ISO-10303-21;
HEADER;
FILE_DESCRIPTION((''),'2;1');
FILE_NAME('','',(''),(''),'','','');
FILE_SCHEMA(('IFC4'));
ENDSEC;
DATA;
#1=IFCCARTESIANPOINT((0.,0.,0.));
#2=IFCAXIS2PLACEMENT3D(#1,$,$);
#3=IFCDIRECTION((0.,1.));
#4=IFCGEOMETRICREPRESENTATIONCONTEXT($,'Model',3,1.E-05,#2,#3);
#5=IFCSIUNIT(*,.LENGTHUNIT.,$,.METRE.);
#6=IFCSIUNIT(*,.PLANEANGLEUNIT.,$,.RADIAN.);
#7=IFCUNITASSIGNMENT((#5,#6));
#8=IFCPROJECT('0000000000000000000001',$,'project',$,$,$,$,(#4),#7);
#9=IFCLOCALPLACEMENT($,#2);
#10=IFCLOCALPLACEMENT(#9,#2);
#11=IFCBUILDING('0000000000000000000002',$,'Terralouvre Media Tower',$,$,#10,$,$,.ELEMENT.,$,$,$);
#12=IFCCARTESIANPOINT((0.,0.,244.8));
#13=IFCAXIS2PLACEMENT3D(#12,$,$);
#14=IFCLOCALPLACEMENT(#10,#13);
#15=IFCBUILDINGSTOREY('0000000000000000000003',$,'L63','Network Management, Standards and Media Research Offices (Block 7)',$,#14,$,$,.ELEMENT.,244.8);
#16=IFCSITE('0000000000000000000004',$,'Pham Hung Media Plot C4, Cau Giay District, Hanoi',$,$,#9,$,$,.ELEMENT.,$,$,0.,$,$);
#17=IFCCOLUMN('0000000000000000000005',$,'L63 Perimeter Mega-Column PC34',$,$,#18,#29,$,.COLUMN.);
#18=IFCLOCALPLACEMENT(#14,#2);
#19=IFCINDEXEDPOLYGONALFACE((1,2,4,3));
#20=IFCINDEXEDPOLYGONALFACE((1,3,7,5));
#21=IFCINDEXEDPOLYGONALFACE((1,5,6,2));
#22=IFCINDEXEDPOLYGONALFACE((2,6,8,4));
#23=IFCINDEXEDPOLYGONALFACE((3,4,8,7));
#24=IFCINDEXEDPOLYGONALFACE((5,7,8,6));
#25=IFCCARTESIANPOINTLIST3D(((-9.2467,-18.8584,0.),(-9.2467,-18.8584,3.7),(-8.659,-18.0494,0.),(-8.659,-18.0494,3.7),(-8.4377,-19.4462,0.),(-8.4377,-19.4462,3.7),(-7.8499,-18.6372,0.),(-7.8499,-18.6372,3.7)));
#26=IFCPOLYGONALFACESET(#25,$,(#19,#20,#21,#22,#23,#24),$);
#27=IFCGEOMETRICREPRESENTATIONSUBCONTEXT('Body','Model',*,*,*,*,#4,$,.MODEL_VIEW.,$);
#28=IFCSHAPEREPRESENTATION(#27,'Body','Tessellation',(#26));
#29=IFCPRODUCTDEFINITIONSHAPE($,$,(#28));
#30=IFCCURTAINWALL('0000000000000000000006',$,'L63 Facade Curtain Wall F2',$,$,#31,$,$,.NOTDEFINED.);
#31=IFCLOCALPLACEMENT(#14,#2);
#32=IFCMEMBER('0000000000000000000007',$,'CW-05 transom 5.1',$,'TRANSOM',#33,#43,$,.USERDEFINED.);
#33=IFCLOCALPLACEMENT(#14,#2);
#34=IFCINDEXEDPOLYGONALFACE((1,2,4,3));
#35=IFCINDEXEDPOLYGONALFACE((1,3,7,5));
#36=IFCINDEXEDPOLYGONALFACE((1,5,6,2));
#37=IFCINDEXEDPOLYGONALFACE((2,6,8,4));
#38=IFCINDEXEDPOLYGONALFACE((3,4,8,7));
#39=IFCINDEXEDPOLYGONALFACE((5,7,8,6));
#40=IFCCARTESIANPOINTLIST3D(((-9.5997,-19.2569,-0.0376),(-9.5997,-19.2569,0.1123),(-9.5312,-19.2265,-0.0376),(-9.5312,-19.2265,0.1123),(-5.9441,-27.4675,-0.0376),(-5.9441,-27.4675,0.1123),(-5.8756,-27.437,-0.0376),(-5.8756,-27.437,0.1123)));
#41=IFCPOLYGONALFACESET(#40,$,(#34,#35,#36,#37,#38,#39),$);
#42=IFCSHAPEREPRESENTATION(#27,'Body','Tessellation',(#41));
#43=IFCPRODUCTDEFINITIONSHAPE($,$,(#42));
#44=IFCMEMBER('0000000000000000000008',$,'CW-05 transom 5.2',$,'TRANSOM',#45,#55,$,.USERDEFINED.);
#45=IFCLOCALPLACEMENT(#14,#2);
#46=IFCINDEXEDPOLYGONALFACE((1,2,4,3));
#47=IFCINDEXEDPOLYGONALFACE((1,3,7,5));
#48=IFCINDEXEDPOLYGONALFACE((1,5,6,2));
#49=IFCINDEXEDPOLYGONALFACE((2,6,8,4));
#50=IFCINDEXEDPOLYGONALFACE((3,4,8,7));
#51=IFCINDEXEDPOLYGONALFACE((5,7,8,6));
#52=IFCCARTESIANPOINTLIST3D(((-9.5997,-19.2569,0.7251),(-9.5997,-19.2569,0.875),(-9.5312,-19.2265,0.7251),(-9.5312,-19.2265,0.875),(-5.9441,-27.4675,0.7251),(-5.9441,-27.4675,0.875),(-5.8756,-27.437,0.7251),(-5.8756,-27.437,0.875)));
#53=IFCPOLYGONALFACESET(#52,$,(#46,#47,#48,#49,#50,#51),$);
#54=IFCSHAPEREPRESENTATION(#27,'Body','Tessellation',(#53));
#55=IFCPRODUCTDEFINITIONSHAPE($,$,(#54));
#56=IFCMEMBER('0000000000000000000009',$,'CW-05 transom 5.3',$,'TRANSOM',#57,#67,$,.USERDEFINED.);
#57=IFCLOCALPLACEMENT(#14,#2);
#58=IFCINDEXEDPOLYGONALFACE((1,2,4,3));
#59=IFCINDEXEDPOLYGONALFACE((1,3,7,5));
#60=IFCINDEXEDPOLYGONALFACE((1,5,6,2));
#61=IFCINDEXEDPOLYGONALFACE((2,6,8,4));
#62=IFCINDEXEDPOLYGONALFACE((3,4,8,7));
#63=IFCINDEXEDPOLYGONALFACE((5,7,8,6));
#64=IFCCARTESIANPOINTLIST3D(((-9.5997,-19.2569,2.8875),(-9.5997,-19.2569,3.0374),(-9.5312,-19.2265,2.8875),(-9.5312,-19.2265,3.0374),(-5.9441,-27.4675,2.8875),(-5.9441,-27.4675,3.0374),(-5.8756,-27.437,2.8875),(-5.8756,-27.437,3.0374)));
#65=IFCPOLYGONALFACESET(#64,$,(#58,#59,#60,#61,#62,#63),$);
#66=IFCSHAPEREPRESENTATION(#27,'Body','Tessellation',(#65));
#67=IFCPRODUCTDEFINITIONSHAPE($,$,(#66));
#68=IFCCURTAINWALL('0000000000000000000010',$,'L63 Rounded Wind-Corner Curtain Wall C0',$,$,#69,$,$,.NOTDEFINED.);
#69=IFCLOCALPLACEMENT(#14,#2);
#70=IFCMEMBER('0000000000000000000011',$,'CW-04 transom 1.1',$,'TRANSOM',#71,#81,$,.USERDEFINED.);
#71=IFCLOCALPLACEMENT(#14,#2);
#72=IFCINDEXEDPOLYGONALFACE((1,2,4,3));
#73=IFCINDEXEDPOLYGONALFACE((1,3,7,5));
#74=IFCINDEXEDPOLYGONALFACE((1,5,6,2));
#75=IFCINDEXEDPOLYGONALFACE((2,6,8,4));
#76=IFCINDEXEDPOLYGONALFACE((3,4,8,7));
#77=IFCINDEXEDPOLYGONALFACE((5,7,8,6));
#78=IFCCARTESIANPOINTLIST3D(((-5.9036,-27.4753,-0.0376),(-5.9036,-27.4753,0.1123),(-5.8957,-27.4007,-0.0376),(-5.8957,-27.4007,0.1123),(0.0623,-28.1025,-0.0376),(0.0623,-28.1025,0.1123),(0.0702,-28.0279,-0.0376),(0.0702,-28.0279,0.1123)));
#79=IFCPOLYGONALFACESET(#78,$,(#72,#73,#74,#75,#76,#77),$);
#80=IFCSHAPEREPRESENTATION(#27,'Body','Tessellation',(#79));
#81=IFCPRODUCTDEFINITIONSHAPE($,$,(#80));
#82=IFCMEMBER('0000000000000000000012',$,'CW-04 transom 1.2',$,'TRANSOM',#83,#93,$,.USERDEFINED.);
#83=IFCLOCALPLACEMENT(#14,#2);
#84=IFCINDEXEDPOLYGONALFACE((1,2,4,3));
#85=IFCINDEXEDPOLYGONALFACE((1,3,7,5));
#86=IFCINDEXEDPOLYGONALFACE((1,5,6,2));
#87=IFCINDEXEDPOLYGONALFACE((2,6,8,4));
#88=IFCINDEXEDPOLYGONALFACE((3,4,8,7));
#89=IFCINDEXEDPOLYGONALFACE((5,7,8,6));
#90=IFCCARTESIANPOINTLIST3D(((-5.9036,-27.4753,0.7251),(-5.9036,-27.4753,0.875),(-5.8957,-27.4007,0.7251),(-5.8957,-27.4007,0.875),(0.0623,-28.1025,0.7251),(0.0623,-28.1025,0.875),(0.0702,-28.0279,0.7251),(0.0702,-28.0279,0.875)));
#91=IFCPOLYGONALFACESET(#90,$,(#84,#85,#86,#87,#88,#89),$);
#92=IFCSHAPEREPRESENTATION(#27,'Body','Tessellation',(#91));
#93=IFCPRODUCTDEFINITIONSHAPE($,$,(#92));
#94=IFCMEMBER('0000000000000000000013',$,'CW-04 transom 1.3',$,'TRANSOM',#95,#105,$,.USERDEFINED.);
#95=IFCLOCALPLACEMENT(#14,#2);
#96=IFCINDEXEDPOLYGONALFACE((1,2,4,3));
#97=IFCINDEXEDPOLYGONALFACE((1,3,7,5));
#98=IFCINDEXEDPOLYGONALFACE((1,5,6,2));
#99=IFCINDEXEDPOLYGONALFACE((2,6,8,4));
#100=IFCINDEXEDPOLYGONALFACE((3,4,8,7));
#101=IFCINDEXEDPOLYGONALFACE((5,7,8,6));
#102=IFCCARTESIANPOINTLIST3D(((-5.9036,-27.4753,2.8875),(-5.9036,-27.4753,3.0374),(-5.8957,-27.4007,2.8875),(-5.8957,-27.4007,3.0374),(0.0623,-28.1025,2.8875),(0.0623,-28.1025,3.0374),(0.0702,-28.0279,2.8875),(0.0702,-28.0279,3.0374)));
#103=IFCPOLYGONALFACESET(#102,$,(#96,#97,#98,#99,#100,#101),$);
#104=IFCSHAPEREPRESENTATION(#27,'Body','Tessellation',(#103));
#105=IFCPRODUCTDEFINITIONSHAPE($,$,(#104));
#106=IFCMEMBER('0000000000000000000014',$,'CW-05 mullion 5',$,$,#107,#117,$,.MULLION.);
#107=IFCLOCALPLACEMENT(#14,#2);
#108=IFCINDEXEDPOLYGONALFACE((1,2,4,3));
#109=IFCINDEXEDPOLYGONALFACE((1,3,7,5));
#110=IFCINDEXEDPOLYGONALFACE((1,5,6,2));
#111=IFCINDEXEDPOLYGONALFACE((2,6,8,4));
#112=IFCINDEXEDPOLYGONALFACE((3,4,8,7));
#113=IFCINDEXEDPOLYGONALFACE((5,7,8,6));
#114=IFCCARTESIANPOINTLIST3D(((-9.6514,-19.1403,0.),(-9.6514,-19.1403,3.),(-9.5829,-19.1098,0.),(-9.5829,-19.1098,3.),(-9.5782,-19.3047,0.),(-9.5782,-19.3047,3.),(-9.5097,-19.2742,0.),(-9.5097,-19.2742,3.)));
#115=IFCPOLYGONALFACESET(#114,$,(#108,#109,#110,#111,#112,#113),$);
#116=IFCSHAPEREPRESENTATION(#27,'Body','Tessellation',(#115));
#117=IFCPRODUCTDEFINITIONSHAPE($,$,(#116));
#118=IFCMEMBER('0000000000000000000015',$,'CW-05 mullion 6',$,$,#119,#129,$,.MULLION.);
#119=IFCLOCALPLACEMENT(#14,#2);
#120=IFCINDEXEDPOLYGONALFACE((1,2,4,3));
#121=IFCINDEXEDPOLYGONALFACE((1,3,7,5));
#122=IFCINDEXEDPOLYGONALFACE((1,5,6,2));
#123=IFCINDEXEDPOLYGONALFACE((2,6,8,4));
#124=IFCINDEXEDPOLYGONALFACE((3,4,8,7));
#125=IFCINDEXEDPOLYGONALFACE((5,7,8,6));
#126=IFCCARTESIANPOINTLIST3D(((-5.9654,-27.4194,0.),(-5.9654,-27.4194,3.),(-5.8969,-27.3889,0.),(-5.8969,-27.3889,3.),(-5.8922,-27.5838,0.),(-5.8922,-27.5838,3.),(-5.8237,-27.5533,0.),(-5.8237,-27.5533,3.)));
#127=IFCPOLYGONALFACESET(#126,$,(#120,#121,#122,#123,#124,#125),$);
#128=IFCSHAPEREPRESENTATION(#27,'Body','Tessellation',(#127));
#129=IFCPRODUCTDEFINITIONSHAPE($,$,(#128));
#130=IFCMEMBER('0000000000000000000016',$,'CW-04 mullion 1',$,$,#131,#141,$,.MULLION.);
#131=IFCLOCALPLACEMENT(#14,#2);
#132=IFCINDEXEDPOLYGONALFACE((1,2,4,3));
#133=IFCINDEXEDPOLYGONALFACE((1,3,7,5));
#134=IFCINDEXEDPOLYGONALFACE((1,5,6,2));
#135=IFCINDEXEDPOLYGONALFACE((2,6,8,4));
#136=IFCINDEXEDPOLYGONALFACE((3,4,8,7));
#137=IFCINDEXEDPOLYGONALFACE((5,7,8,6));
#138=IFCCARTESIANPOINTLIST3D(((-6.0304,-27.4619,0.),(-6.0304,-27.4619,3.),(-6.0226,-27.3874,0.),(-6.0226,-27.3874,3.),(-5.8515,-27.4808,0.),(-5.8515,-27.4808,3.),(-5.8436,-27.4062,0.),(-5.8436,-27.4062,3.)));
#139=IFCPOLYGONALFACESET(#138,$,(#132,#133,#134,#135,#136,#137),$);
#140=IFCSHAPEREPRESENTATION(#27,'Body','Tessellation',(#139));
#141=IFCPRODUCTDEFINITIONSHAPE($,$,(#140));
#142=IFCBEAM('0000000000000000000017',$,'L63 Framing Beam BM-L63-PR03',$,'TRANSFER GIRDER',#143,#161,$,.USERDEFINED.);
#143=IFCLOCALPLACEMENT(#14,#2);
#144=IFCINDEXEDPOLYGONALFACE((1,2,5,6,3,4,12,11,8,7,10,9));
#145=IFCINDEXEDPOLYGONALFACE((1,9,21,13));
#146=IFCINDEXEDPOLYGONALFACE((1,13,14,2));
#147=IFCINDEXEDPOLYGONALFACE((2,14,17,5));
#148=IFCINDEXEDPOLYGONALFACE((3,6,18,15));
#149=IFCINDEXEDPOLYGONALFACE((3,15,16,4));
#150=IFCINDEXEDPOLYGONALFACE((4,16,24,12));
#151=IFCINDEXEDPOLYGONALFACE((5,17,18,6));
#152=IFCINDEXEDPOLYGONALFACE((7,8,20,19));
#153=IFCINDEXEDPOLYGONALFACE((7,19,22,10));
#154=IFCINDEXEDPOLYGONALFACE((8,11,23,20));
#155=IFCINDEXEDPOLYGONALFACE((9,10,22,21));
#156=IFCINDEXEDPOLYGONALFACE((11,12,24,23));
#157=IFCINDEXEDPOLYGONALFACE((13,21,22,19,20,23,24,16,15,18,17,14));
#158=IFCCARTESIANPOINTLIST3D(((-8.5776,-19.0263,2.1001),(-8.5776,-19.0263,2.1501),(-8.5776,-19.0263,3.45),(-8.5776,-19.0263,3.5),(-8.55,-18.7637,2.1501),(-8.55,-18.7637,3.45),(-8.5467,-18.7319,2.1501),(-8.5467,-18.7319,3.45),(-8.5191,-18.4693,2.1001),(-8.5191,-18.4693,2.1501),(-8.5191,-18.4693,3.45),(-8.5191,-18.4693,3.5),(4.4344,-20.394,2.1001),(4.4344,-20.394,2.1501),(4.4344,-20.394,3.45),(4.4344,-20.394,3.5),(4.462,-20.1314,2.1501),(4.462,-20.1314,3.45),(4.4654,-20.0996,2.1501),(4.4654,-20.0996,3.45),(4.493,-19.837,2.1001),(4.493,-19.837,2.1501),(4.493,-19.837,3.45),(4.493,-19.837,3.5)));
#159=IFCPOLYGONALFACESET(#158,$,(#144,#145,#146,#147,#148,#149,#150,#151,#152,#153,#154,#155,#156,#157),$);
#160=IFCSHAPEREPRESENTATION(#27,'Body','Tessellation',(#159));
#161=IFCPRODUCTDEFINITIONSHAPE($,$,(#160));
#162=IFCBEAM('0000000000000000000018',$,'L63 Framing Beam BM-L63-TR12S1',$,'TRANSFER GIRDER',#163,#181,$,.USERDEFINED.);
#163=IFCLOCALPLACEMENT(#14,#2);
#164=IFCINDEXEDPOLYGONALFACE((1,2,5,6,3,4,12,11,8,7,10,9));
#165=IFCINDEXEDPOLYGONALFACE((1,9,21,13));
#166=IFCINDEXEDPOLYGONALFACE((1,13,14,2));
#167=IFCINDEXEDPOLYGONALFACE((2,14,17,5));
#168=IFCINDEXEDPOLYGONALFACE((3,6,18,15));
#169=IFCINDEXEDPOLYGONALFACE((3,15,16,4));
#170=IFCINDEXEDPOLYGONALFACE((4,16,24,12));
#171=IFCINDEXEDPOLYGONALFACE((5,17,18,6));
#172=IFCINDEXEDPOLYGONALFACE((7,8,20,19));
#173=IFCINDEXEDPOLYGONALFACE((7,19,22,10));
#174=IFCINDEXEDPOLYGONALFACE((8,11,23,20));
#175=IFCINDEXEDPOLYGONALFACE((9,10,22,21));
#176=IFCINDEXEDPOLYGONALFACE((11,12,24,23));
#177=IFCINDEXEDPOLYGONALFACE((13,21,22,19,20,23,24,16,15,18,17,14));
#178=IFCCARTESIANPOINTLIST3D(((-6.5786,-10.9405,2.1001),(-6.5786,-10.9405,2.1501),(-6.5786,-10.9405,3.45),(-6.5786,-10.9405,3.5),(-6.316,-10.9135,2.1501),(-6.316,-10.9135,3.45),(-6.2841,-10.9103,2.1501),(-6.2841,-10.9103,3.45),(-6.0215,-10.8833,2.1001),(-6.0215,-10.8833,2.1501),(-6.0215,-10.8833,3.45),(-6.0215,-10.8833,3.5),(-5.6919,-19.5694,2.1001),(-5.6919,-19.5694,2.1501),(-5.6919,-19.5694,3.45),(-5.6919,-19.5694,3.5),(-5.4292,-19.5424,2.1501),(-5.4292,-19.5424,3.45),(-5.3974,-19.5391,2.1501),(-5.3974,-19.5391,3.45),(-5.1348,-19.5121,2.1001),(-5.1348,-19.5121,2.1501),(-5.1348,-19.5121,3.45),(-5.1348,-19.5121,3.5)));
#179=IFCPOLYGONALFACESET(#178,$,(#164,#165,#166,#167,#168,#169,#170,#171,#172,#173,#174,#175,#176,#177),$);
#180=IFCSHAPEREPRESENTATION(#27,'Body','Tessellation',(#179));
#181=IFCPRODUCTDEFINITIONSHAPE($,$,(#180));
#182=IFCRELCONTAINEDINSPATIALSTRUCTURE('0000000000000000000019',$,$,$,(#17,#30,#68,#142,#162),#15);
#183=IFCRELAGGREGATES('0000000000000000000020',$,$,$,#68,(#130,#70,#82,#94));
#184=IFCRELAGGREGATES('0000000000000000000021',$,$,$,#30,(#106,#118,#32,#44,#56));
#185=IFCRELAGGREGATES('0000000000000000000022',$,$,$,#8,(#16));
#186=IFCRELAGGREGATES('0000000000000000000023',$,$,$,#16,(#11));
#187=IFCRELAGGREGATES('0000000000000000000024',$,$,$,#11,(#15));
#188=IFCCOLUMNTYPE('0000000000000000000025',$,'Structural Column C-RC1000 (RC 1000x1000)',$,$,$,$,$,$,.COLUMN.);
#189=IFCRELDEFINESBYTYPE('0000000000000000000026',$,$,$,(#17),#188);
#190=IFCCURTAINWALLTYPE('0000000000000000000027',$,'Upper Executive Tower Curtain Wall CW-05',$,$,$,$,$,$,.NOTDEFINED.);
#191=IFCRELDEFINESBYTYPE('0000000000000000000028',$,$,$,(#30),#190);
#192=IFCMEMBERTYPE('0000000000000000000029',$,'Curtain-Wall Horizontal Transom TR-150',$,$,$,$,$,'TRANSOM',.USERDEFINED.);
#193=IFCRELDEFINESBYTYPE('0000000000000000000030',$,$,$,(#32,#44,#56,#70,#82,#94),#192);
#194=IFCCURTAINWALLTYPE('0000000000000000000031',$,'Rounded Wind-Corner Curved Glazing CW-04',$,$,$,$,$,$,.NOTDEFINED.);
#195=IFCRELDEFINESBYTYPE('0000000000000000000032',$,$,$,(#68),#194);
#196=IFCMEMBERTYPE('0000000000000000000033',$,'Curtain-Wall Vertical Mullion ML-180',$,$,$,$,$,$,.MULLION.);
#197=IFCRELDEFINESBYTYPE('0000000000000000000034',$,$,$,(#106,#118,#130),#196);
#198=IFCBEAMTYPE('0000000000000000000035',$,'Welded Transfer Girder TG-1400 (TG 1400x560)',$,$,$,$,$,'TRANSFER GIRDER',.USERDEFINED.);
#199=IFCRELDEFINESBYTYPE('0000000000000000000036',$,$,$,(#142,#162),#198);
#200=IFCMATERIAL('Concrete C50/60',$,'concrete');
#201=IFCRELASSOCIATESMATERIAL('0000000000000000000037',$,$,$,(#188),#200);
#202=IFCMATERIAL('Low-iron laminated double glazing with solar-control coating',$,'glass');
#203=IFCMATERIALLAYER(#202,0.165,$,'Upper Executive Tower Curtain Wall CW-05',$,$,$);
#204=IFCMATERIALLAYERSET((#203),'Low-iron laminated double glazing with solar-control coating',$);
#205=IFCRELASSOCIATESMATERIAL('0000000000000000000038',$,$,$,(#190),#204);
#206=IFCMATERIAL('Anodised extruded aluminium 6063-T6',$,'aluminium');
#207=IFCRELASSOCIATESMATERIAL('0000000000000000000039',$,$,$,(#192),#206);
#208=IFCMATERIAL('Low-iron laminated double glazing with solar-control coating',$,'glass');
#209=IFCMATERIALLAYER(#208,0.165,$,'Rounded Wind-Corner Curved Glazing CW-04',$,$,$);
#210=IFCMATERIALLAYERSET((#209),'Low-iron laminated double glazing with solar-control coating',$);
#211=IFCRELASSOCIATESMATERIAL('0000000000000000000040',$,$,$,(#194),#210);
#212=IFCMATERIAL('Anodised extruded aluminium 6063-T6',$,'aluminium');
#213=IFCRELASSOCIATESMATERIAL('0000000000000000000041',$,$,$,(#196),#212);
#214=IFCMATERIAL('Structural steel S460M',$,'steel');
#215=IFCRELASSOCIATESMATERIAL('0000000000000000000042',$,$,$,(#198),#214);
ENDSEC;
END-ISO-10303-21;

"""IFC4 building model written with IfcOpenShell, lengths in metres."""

from ifc_helpers import new_model, si_unit, direction, frame, origin, origin_2d, place, context, subcontext, project, spatial, rectangle, i_section, extrude, material, layer, layer_set, material_profile, profile_set, type_object, element, aggregate, save


model = new_model("IFC4")

# Units and contexts
model_context = context("Model", 3, precision=1e-05, world=origin(), true_north=direction((0.0, 1.0)))
body_context = subcontext(model_context, "Body", "Model", "MODEL_VIEW")
ifc_project = project(units=[si_unit("LENGTHUNIT", "METRE"), si_unit("PLANEANGLEUNIT", "RADIAN")], contexts=[model_context])

# Site, building, storey
site_placement = place(None, origin())
site = spatial("IfcSite", under=ifc_project, at=site_placement, Name="Pham Hung Media Plot C4, Cau Giay District, Hanoi", CompositionType="ELEMENT", RefElevation=0.0)
building_placement = place(site_placement, origin())
building = spatial("IfcBuilding", under=site, at=building_placement, Name="Terralouvre Media Tower", CompositionType="ELEMENT")
storey_placement = place(building_placement, frame((0.0, 0.0, 244.8)))
storey = spatial("IfcBuildingStorey", under=building, at=storey_placement, Name="L63", Description="Network Management, Standards and Media Research Offices (Block 7)", CompositionType="ELEMENT", Elevation=244.8)

# Column
ifc_material_1 = material(Name="Concrete C50/60", Category="concrete")
ifc_material_profile_1 = material_profile(ifc_material_1, rectangle(XDim=1.0, YDim=1.0, at=origin_2d()), Name="RC 1000x1000")
ifc_profile_set_1 = profile_set([ifc_material_profile_1], Name="Concrete C50/60")
column_type = type_object("IfcColumnType", Name="Structural Column C-RC1000 (RC 1000x1000)", PredefinedType="COLUMN", material=ifc_profile_set_1)
column_placement = place(storey_placement, frame((-8.5483, -18.7478, 0.0), z_axis=(0.0, 0.0, 1.0), x_axis=(0.587785, 0.809017, 0.0)))
element("IfcColumn", 1, at=column_placement, inside=storey, type_object=column_type, Name="L63 Perimeter Mega-Column PC34", PredefinedType="COLUMN", context=body_context, shape_type="SweptSolid", body=[
    extrude(rectangle(XDim=1.0, YDim=1.0, at=origin_2d()), origin(), (0.0, 0.0, 1.0), 3.7),
])

# Curtain walls, members
ifc_material_2 = material(Name="Low-iron laminated double glazing with solar-control coating", Category="glass")
ifc_layer_1 = layer(ifc_material_2, 0.165, Name="Upper Executive Tower Curtain Wall CW-05")
ifc_layer_set_1 = layer_set([ifc_layer_1], Name="Low-iron laminated double glazing with solar-control coating")
curtain_wall_type_1 = type_object("IfcCurtainWallType", Name="Upper Executive Tower Curtain Wall CW-05", PredefinedType="NOTDEFINED", material=ifc_layer_set_1)
curtain_wall_1_placement = place(storey_placement, origin())
curtain_wall_1 = element("IfcCurtainWall", 2, at=curtain_wall_1_placement, inside=storey, type_object=curtain_wall_type_1, Name="L63 Facade Curtain Wall F2", PredefinedType="NOTDEFINED")
ifc_material_3 = material(Name="Anodised extruded aluminium 6063-T6", Category="aluminium")
ifc_material_profile_2 = material_profile(ifc_material_3, rectangle(XDim=0.075, YDim=0.1499, at=origin_2d()), Name="ALU 75x150")
ifc_profile_set_2 = profile_set([ifc_material_profile_2], Name="Anodised extruded aluminium 6063-T6")
member_type_1 = type_object("IfcMemberType", Name="Curtain-Wall Horizontal Transom TR-150", ElementType="TRANSOM", PredefinedType="USERDEFINED", material=ifc_profile_set_2)
member_1_placement = place(storey_placement, frame((-9.5654, -19.2417, 0.0374), z_axis=(0.406736, -0.913546, 0.0), x_axis=(0.913546, 0.406736, 0.0)))
member_1 = element("IfcMember", 3, at=member_1_placement, type_object=member_type_1, Name="CW-05 transom 5.1", ObjectType="TRANSOM", PredefinedType="USERDEFINED", context=body_context, shape_type="SweptSolid", body=[
    extrude(rectangle(XDim=0.075, YDim=0.1499, at=origin_2d()), origin(), (0.0, 0.0, 1.0), 8.9875),
])
member_2_placement = place(storey_placement, frame((-9.5654, -19.2417, 0.8), z_axis=(0.406736, -0.913546, 0.0), x_axis=(0.913546, 0.406736, 0.0)))
member_2 = element("IfcMember", 4, at=member_2_placement, type_object=member_type_1, Name="CW-05 transom 5.2", ObjectType="TRANSOM", PredefinedType="USERDEFINED", context=body_context, shape_type="SweptSolid", body=[
    extrude(rectangle(XDim=0.075, YDim=0.1499, at=origin_2d()), origin(), (0.0, 0.0, 1.0), 8.9875),
])
member_3_placement = place(storey_placement, frame((-9.5654, -19.2417, 2.9624), z_axis=(0.406736, -0.913546, 0.0), x_axis=(0.913546, 0.406736, 0.0)))
member_3 = element("IfcMember", 5, at=member_3_placement, type_object=member_type_1, Name="CW-05 transom 5.3", ObjectType="TRANSOM", PredefinedType="USERDEFINED", context=body_context, shape_type="SweptSolid", body=[
    extrude(rectangle(XDim=0.075, YDim=0.1499, at=origin_2d()), origin(), (0.0, 0.0, 1.0), 8.9875),
])
ifc_material_4 = material(Name="Low-iron laminated double glazing with solar-control coating", Category="glass")
ifc_layer_2 = layer(ifc_material_4, 0.165, Name="Rounded Wind-Corner Curved Glazing CW-04")
ifc_layer_set_2 = layer_set([ifc_layer_2], Name="Low-iron laminated double glazing with solar-control coating")
curtain_wall_type_2 = type_object("IfcCurtainWallType", Name="Rounded Wind-Corner Curved Glazing CW-04", PredefinedType="NOTDEFINED", material=ifc_layer_set_2)
curtain_wall_2_placement = place(storey_placement, origin())
curtain_wall_2 = element("IfcCurtainWall", 6, at=curtain_wall_2_placement, inside=storey, type_object=curtain_wall_type_2, Name="L63 Rounded Wind-Corner Curtain Wall C0", PredefinedType="NOTDEFINED")
member_4_placement = place(storey_placement, frame((-5.8997, -27.438, 0.0374), z_axis=(0.994519, -0.104556, 0.0), x_axis=(0.104556, 0.994519, 0.0)))
member_4 = element("IfcMember", 7, at=member_4_placement, type_object=member_type_1, Name="CW-04 transom 1.1", ObjectType="TRANSOM", PredefinedType="USERDEFINED", context=body_context, shape_type="SweptSolid", body=[
    extrude(rectangle(XDim=0.075, YDim=0.1499, at=origin_2d()), origin(), (0.0, 0.0, 1.0), 5.9988),
])
member_5_placement = place(storey_placement, frame((-5.8997, -27.438, 0.8), z_axis=(0.994519, -0.104556, 0.0), x_axis=(0.104556, 0.994519, 0.0)))
member_5 = element("IfcMember", 8, at=member_5_placement, type_object=member_type_1, Name="CW-04 transom 1.2", ObjectType="TRANSOM", PredefinedType="USERDEFINED", context=body_context, shape_type="SweptSolid", body=[
    extrude(rectangle(XDim=0.075, YDim=0.1499, at=origin_2d()), origin(), (0.0, 0.0, 1.0), 5.9988),
])
member_6_placement = place(storey_placement, frame((-5.8997, -27.438, 2.9624), z_axis=(0.994519, -0.104556, 0.0), x_axis=(0.104556, 0.994519, 0.0)))
member_6 = element("IfcMember", 9, at=member_6_placement, type_object=member_type_1, Name="CW-04 transom 1.3", ObjectType="TRANSOM", PredefinedType="USERDEFINED", context=body_context, shape_type="SweptSolid", body=[
    extrude(rectangle(XDim=0.075, YDim=0.1499, at=origin_2d()), origin(), (0.0, 0.0, 1.0), 5.9988),
])

# Members
ifc_material_5 = material(Name="Anodised extruded aluminium 6063-T6", Category="aluminium")
ifc_material_profile_3 = material_profile(ifc_material_5, rectangle(XDim=0.075, YDim=0.1799, at=origin_2d()), Name="ALU 75x180")
ifc_profile_set_3 = profile_set([ifc_material_profile_3], Name="Anodised extruded aluminium 6063-T6")
member_type_2 = type_object("IfcMemberType", Name="Curtain-Wall Vertical Mullion ML-180", PredefinedType="MULLION", material=ifc_profile_set_3)
member_7_placement = place(storey_placement, frame((-9.5806, -19.2073, 0.0), z_axis=(0.0, 0.0, 1.0), x_axis=(0.913545, 0.406737, 0.0)))
member_7 = element("IfcMember", 10, at=member_7_placement, type_object=member_type_2, Name="CW-05 mullion 5", PredefinedType="MULLION", context=body_context, shape_type="SweptSolid", body=[
    extrude(rectangle(XDim=0.075, YDim=0.1799, at=origin_2d()), origin(), (0.0, 0.0, 1.0), 3.0),
])
member_8_placement = place(storey_placement, frame((-5.8945, -27.4863, 0.0), z_axis=(0.0, 0.0, 1.0), x_axis=(0.913545, 0.406737, 0.0)))
member_8 = element("IfcMember", 11, at=member_8_placement, type_object=member_type_2, Name="CW-05 mullion 6", PredefinedType="MULLION", context=body_context, shape_type="SweptSolid", body=[
    extrude(rectangle(XDim=0.075, YDim=0.1799, at=origin_2d()), origin(), (0.0, 0.0, 1.0), 3.0),
])
member_9_placement = place(storey_placement, frame((-5.937, -27.4341, 0.0), z_axis=(0.0, 0.0, 1.0), x_axis=(0.104528, 0.994522, 0.0)))
member_9 = element("IfcMember", 12, at=member_9_placement, type_object=member_type_2, Name="CW-04 mullion 1", PredefinedType="MULLION", context=body_context, shape_type="SweptSolid", body=[
    extrude(rectangle(XDim=0.075, YDim=0.1799, at=origin_2d()), origin(), (0.0, 0.0, 1.0), 3.0),
])

# Beams
ifc_material_6 = material(Name="Structural steel S460M", Category="steel")
ifc_material_profile_4 = material_profile(ifc_material_6, i_section(OverallWidth=0.5601, OverallDepth=1.3999, WebThickness=0.032, FlangeThickness=0.05, at=origin_2d()), Name="TG 1400x560")
ifc_profile_set_4 = profile_set([ifc_material_profile_4], Name="Structural steel S460M")
beam_type = type_object("IfcBeamType", Name="Welded Transfer Girder TG-1400 (TG 1400x560)", ElementType="TRANSFER GIRDER", PredefinedType="USERDEFINED", material=ifc_profile_set_4)
beam_1_placement = place(storey_placement, frame((-8.5483, -18.7478, 2.8), z_axis=(0.994521, -0.104533, 0.0), x_axis=(0.104533, 0.994521, 0.0)))
element("IfcBeam", 13, at=beam_1_placement, inside=storey, type_object=beam_type, Name="L63 Framing Beam BM-L63-PR03", ObjectType="TRANSFER GIRDER", PredefinedType="USERDEFINED", context=body_context, shape_type="SweptSolid", body=[
    extrude(i_section(OverallWidth=0.5601, OverallDepth=1.3999, WebThickness=0.032, FlangeThickness=0.05, at=origin_2d()), origin(), (0.0, 0.0, 1.0), 13.0837),
])
beam_2_placement = place(storey_placement, frame((-5.4133, -19.5408, 2.8), z_axis=(-0.102223, 0.994761, 0.0), x_axis=(-0.994761, -0.102223, 0.0)))
element("IfcBeam", 14, at=beam_2_placement, inside=storey, type_object=beam_type, Name="L63 Framing Beam BM-L63-TR12S1", ObjectType="TRANSFER GIRDER", PredefinedType="USERDEFINED", context=body_context, shape_type="SweptSolid", body=[
    extrude(i_section(OverallWidth=0.5601, OverallDepth=1.3999, WebThickness=0.032, FlangeThickness=0.05, at=origin_2d()), origin(), (0.0, 0.0, 1.0), 8.6743),
])

aggregate(curtain_wall_2, [member_9, member_4, member_5, member_6])
aggregate(curtain_wall_1, [member_7, member_8, member_1, member_2, member_3])

save(model, "model.ifc")
